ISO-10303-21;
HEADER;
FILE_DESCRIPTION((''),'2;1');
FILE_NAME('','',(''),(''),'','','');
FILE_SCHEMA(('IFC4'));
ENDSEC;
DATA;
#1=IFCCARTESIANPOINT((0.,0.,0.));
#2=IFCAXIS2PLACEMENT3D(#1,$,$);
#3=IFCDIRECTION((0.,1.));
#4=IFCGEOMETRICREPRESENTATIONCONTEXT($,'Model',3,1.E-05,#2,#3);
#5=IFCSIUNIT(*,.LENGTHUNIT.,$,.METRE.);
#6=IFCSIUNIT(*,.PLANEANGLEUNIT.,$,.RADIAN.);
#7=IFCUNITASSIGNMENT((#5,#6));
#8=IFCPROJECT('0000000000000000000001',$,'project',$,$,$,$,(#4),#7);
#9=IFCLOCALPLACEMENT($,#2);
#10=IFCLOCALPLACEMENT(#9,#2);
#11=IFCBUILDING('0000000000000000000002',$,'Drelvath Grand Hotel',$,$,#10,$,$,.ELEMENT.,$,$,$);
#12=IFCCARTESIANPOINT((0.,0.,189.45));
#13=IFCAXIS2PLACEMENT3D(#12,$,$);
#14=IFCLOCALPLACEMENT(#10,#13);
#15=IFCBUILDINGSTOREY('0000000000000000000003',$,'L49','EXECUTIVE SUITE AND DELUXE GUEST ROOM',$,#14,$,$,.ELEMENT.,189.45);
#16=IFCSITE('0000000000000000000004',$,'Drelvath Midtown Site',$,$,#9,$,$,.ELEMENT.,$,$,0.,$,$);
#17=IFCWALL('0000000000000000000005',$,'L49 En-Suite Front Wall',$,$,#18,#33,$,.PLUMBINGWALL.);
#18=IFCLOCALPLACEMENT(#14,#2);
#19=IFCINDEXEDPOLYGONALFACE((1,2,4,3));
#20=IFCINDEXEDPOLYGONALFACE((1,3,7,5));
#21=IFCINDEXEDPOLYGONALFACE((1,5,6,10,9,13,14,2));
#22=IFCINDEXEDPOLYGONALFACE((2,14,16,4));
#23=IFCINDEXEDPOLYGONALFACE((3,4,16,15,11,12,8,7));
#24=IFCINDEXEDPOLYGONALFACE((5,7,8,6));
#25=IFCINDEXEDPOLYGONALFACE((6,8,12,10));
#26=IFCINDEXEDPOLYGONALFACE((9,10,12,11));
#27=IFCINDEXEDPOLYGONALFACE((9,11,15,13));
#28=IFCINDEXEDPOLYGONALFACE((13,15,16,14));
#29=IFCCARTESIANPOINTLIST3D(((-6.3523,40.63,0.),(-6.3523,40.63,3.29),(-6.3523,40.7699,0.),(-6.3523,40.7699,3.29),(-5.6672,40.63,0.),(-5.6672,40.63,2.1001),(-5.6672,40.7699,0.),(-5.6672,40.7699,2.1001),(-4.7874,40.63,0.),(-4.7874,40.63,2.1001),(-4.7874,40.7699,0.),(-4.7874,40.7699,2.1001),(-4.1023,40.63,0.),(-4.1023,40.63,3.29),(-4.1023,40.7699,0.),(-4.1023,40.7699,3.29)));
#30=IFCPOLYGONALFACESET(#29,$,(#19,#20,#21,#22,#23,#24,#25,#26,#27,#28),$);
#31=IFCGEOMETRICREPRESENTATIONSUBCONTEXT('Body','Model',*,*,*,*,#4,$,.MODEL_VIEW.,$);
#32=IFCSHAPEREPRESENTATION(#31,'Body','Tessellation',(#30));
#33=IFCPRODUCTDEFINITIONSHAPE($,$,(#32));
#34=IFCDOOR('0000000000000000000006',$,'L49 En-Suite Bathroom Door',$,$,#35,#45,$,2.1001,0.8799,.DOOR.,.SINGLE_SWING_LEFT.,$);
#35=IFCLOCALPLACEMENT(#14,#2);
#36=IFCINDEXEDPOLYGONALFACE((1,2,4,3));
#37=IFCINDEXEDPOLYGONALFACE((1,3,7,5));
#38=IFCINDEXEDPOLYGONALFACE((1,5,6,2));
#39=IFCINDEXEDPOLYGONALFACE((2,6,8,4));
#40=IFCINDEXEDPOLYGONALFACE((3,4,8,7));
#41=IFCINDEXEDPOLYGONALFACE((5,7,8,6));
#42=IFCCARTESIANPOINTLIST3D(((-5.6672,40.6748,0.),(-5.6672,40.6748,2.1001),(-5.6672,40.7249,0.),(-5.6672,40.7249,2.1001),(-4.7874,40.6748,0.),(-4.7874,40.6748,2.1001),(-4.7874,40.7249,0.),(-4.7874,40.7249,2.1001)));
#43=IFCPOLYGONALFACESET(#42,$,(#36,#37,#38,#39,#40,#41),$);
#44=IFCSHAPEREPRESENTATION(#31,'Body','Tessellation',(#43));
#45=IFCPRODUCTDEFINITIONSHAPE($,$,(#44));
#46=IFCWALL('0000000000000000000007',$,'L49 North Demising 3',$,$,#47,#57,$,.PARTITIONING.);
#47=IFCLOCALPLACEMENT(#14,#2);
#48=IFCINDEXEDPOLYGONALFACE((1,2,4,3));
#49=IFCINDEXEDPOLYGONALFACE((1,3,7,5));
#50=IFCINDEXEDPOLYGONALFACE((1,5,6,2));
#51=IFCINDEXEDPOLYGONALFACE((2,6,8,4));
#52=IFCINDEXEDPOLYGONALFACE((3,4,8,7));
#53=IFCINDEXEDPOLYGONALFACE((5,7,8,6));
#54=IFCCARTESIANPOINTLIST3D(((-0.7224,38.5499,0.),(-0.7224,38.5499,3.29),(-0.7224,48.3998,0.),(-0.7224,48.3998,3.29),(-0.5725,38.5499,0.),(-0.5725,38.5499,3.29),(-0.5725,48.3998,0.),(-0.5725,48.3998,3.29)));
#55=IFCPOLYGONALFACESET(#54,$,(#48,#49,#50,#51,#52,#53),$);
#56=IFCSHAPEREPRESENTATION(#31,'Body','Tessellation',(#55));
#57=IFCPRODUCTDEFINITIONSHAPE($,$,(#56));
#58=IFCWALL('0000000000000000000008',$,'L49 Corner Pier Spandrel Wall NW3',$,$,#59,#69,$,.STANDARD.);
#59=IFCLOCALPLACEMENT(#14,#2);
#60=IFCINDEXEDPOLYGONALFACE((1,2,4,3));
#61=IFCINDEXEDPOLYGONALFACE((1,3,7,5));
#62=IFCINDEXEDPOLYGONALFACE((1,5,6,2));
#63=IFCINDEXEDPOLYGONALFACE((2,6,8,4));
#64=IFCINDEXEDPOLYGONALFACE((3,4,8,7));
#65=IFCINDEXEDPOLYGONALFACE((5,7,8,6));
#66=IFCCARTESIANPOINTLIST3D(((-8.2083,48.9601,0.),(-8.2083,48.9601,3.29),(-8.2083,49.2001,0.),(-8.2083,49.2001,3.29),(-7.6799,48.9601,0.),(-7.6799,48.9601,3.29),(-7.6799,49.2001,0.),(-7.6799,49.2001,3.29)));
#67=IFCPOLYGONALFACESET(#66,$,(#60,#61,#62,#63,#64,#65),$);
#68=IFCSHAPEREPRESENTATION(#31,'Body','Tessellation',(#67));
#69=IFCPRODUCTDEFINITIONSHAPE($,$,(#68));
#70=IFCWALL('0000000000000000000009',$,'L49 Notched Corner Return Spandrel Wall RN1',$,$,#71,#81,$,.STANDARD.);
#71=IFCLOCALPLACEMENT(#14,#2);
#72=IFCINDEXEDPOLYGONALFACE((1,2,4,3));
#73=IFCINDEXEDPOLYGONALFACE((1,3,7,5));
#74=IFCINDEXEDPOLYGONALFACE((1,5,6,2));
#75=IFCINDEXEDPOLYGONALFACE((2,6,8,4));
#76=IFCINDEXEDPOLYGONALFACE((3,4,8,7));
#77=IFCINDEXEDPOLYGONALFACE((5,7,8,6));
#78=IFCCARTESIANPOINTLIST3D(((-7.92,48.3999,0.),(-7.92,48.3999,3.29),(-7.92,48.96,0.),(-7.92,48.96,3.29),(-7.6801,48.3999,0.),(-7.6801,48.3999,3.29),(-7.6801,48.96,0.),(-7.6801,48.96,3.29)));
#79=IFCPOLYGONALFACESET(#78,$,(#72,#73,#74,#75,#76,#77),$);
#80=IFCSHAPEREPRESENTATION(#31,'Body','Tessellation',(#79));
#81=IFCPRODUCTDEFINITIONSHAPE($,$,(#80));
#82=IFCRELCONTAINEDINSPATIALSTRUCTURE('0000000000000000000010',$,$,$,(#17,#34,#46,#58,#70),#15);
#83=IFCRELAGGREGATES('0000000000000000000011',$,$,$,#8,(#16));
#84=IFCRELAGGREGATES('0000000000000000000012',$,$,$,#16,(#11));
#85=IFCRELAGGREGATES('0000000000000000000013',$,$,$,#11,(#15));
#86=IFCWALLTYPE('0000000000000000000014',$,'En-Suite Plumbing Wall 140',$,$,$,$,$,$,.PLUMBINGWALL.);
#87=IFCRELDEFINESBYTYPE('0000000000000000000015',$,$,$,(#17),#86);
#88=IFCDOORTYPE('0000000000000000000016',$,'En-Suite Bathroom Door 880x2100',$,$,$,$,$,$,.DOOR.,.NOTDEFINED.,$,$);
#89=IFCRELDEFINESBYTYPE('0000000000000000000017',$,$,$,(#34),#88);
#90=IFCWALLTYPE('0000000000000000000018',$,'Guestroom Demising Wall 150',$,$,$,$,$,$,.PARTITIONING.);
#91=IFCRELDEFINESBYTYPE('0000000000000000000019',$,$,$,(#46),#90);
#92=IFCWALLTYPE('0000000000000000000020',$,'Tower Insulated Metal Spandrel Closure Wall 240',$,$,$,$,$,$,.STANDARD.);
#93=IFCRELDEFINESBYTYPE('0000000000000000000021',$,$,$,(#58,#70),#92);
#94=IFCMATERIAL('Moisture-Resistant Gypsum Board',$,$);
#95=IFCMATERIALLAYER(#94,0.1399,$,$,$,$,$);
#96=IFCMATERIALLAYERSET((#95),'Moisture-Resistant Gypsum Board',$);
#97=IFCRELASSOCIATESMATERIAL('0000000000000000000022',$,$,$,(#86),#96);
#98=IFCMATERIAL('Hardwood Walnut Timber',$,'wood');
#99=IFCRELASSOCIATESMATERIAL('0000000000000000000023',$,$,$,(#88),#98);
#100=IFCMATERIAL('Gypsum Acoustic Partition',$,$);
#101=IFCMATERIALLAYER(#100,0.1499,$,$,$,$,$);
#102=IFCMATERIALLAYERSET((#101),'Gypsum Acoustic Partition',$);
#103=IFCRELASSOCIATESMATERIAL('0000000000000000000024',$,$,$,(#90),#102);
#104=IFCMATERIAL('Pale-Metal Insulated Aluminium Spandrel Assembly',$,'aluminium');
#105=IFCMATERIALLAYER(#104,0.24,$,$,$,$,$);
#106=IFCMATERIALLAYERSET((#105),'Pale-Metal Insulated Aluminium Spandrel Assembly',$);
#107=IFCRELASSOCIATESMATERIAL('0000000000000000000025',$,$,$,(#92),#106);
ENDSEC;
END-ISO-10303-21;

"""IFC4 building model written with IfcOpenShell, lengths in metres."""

from ifc_helpers import new_model, si_unit, direction, frame, frame_2d, origin, place, context, subcontext, project, spatial, rectangle, extrude, material, layer, layer_set, type_object, element, fill, save


model = new_model("IFC4")

# Units and contexts
model_context = context("Model", 3, precision=1e-05, world=origin(), true_north=direction((0.0, 1.0)))
body_context = subcontext(model_context, "Body", "Model", "MODEL_VIEW")
ifc_project = project(units=[si_unit("LENGTHUNIT", "METRE"), si_unit("PLANEANGLEUNIT", "RADIAN")], contexts=[model_context])

# Site, building, storey
site_placement = place(None, origin())
site = spatial("IfcSite", under=ifc_project, at=site_placement, Name="Drelvath Midtown Site", CompositionType="ELEMENT", RefElevation=0.0)
building_placement = place(site_placement, origin())
building = spatial("IfcBuilding", under=site, at=building_placement, Name="Drelvath Grand Hotel", CompositionType="ELEMENT")
storey_placement = place(building_placement, frame((0.0, 0.0, 189.45)))
storey = spatial("IfcBuildingStorey", under=building, at=storey_placement, Name="L49", Description="EXECUTIVE SUITE AND DELUXE GUEST ROOM", CompositionType="ELEMENT", Elevation=189.45)

# Shared definitions
ifc_material_1 = material(Name="Moisture-Resistant Gypsum Board")
ifc_layer_1 = layer(ifc_material_1, 0.1399)
ifc_layer_set_1 = layer_set([ifc_layer_1], Name="Moisture-Resistant Gypsum Board")
wall_type_1 = type_object("IfcWallType", Name="En-Suite Plumbing Wall 140", PredefinedType="PLUMBINGWALL", material=ifc_layer_set_1)
ifc_material_2 = material(Name="Hardwood Walnut Timber", Category="wood")
door_type = type_object("IfcDoorType", Name="En-Suite Bathroom Door 880x2100", OperationType="NOTDEFINED", PredefinedType="DOOR", material=ifc_material_2)

# Wall, opening, door
wall_1_placement = place(storey_placement, frame((-6.3523, 40.7, 0.0), z_axis=(0.0, 0.0, 1.0), x_axis=(1.0, 0.0, 0.0)))
wall_1 = element("IfcWall", 1, at=wall_1_placement, inside=storey, type_object=wall_type_1, Name="L49 En-Suite Front Wall", PredefinedType="PLUMBINGWALL", context=body_context, shape_type="SweptSolid", body=[
    extrude(rectangle(XDim=2.25, YDim=0.1399, at=frame_2d((1.125, 0.0))), origin(), (0.0, 0.0, 1.0), 3.29),
])
opening_1_placement = place(wall_1_placement, frame((0.6851, 0.0, 0.0)))
opening_1 = element("IfcOpeningElement", 2, at=opening_1_placement, cuts=wall_1, PredefinedType="OPENING", context=body_context, shape_type="SweptSolid", body=[
    extrude(rectangle(XDim=0.8799, YDim=2.1001, at=frame_2d((0.4399, 1.05))), frame((0.0, 0.0798, 0.0), z_axis=(0.0, -1.0, 0.0), x_axis=(1.0, 0.0, 0.0)), (0.0, 0.0, 1.0), 0.1599),
])
door_1_placement = place(opening_1_placement, origin())
door_1 = element("IfcDoor", 3, at=door_1_placement, inside=storey, type_object=door_type, Name="L49 En-Suite Bathroom Door", OperationType="SINGLE_SWING_LEFT", OverallHeight=2.1001, OverallWidth=0.8799, PredefinedType="DOOR", context=body_context, shape_type="SweptSolid", body=[
    extrude(rectangle(XDim=0.8799, YDim=2.1001, at=frame_2d((0.4399, 1.05))), frame((0.0, 0.0249, 0.0), z_axis=(0.0, -1.0, 0.0), x_axis=(1.0, 0.0, 0.0)), (0.0, 0.0, 1.0), 0.05),
])
fill(opening_1, door_1)

# Walls
ifc_material_3 = material(Name="Gypsum Acoustic Partition")
ifc_layer_2 = layer(ifc_material_3, 0.1499)
ifc_layer_set_2 = layer_set([ifc_layer_2], Name="Gypsum Acoustic Partition")
wall_type_2 = type_object("IfcWallType", Name="Guestroom Demising Wall 150", PredefinedType="PARTITIONING", material=ifc_layer_set_2)
wall_2_placement = place(storey_placement, frame((-0.6475, 38.55, 0.0), z_axis=(0.0, 0.0, 1.0), x_axis=(0.0, 1.0, 0.0)))
element("IfcWall", 4, at=wall_2_placement, inside=storey, type_object=wall_type_2, Name="L49 North Demising 3", PredefinedType="PARTITIONING", context=body_context, shape_type="SweptSolid", body=[
    extrude(rectangle(XDim=9.8499, YDim=0.1499, at=frame_2d((4.9248, 0.0))), origin(), (0.0, 0.0, 1.0), 3.29),
])
ifc_material_4 = material(Name="Pale-Metal Insulated Aluminium Spandrel Assembly", Category="aluminium")
ifc_layer_3 = layer(ifc_material_4, 0.24)
ifc_layer_set_3 = layer_set([ifc_layer_3], Name="Pale-Metal Insulated Aluminium Spandrel Assembly")
wall_type_3 = type_object("IfcWallType", Name="Tower Insulated Metal Spandrel Closure Wall 240", PredefinedType="STANDARD", material=ifc_layer_set_3)
wall_3_placement = place(storey_placement, frame((-8.2083, 49.0801, 0.0), z_axis=(0.0, 0.0, 1.0), x_axis=(1.0, 0.0, 0.0)))
element("IfcWall", 5, at=wall_3_placement, inside=storey, type_object=wall_type_3, Name="L49 Corner Pier Spandrel Wall NW3", PredefinedType="STANDARD", context=body_context, shape_type="SweptSolid", body=[
    extrude(rectangle(XDim=0.5283, YDim=0.24, at=frame_2d((0.2642, 0.0))), origin(), (0.0, 0.0, 1.0), 3.29),
])
wall_4_placement = place(storey_placement, frame((-7.8, 48.96, 0.0), z_axis=(0.0, 0.0, 1.0), x_axis=(0.0, -1.0, 0.0)))
element("IfcWall", 6, at=wall_4_placement, inside=storey, type_object=wall_type_3, Name="L49 Notched Corner Return Spandrel Wall RN1", PredefinedType="STANDARD", context=body_context, shape_type="SweptSolid", body=[
    extrude(rectangle(XDim=0.5601, YDim=0.24, at=frame_2d((0.28, 0.0))), origin(), (0.0, 0.0, 1.0), 3.29),
])

save(model, "model.ifc")
